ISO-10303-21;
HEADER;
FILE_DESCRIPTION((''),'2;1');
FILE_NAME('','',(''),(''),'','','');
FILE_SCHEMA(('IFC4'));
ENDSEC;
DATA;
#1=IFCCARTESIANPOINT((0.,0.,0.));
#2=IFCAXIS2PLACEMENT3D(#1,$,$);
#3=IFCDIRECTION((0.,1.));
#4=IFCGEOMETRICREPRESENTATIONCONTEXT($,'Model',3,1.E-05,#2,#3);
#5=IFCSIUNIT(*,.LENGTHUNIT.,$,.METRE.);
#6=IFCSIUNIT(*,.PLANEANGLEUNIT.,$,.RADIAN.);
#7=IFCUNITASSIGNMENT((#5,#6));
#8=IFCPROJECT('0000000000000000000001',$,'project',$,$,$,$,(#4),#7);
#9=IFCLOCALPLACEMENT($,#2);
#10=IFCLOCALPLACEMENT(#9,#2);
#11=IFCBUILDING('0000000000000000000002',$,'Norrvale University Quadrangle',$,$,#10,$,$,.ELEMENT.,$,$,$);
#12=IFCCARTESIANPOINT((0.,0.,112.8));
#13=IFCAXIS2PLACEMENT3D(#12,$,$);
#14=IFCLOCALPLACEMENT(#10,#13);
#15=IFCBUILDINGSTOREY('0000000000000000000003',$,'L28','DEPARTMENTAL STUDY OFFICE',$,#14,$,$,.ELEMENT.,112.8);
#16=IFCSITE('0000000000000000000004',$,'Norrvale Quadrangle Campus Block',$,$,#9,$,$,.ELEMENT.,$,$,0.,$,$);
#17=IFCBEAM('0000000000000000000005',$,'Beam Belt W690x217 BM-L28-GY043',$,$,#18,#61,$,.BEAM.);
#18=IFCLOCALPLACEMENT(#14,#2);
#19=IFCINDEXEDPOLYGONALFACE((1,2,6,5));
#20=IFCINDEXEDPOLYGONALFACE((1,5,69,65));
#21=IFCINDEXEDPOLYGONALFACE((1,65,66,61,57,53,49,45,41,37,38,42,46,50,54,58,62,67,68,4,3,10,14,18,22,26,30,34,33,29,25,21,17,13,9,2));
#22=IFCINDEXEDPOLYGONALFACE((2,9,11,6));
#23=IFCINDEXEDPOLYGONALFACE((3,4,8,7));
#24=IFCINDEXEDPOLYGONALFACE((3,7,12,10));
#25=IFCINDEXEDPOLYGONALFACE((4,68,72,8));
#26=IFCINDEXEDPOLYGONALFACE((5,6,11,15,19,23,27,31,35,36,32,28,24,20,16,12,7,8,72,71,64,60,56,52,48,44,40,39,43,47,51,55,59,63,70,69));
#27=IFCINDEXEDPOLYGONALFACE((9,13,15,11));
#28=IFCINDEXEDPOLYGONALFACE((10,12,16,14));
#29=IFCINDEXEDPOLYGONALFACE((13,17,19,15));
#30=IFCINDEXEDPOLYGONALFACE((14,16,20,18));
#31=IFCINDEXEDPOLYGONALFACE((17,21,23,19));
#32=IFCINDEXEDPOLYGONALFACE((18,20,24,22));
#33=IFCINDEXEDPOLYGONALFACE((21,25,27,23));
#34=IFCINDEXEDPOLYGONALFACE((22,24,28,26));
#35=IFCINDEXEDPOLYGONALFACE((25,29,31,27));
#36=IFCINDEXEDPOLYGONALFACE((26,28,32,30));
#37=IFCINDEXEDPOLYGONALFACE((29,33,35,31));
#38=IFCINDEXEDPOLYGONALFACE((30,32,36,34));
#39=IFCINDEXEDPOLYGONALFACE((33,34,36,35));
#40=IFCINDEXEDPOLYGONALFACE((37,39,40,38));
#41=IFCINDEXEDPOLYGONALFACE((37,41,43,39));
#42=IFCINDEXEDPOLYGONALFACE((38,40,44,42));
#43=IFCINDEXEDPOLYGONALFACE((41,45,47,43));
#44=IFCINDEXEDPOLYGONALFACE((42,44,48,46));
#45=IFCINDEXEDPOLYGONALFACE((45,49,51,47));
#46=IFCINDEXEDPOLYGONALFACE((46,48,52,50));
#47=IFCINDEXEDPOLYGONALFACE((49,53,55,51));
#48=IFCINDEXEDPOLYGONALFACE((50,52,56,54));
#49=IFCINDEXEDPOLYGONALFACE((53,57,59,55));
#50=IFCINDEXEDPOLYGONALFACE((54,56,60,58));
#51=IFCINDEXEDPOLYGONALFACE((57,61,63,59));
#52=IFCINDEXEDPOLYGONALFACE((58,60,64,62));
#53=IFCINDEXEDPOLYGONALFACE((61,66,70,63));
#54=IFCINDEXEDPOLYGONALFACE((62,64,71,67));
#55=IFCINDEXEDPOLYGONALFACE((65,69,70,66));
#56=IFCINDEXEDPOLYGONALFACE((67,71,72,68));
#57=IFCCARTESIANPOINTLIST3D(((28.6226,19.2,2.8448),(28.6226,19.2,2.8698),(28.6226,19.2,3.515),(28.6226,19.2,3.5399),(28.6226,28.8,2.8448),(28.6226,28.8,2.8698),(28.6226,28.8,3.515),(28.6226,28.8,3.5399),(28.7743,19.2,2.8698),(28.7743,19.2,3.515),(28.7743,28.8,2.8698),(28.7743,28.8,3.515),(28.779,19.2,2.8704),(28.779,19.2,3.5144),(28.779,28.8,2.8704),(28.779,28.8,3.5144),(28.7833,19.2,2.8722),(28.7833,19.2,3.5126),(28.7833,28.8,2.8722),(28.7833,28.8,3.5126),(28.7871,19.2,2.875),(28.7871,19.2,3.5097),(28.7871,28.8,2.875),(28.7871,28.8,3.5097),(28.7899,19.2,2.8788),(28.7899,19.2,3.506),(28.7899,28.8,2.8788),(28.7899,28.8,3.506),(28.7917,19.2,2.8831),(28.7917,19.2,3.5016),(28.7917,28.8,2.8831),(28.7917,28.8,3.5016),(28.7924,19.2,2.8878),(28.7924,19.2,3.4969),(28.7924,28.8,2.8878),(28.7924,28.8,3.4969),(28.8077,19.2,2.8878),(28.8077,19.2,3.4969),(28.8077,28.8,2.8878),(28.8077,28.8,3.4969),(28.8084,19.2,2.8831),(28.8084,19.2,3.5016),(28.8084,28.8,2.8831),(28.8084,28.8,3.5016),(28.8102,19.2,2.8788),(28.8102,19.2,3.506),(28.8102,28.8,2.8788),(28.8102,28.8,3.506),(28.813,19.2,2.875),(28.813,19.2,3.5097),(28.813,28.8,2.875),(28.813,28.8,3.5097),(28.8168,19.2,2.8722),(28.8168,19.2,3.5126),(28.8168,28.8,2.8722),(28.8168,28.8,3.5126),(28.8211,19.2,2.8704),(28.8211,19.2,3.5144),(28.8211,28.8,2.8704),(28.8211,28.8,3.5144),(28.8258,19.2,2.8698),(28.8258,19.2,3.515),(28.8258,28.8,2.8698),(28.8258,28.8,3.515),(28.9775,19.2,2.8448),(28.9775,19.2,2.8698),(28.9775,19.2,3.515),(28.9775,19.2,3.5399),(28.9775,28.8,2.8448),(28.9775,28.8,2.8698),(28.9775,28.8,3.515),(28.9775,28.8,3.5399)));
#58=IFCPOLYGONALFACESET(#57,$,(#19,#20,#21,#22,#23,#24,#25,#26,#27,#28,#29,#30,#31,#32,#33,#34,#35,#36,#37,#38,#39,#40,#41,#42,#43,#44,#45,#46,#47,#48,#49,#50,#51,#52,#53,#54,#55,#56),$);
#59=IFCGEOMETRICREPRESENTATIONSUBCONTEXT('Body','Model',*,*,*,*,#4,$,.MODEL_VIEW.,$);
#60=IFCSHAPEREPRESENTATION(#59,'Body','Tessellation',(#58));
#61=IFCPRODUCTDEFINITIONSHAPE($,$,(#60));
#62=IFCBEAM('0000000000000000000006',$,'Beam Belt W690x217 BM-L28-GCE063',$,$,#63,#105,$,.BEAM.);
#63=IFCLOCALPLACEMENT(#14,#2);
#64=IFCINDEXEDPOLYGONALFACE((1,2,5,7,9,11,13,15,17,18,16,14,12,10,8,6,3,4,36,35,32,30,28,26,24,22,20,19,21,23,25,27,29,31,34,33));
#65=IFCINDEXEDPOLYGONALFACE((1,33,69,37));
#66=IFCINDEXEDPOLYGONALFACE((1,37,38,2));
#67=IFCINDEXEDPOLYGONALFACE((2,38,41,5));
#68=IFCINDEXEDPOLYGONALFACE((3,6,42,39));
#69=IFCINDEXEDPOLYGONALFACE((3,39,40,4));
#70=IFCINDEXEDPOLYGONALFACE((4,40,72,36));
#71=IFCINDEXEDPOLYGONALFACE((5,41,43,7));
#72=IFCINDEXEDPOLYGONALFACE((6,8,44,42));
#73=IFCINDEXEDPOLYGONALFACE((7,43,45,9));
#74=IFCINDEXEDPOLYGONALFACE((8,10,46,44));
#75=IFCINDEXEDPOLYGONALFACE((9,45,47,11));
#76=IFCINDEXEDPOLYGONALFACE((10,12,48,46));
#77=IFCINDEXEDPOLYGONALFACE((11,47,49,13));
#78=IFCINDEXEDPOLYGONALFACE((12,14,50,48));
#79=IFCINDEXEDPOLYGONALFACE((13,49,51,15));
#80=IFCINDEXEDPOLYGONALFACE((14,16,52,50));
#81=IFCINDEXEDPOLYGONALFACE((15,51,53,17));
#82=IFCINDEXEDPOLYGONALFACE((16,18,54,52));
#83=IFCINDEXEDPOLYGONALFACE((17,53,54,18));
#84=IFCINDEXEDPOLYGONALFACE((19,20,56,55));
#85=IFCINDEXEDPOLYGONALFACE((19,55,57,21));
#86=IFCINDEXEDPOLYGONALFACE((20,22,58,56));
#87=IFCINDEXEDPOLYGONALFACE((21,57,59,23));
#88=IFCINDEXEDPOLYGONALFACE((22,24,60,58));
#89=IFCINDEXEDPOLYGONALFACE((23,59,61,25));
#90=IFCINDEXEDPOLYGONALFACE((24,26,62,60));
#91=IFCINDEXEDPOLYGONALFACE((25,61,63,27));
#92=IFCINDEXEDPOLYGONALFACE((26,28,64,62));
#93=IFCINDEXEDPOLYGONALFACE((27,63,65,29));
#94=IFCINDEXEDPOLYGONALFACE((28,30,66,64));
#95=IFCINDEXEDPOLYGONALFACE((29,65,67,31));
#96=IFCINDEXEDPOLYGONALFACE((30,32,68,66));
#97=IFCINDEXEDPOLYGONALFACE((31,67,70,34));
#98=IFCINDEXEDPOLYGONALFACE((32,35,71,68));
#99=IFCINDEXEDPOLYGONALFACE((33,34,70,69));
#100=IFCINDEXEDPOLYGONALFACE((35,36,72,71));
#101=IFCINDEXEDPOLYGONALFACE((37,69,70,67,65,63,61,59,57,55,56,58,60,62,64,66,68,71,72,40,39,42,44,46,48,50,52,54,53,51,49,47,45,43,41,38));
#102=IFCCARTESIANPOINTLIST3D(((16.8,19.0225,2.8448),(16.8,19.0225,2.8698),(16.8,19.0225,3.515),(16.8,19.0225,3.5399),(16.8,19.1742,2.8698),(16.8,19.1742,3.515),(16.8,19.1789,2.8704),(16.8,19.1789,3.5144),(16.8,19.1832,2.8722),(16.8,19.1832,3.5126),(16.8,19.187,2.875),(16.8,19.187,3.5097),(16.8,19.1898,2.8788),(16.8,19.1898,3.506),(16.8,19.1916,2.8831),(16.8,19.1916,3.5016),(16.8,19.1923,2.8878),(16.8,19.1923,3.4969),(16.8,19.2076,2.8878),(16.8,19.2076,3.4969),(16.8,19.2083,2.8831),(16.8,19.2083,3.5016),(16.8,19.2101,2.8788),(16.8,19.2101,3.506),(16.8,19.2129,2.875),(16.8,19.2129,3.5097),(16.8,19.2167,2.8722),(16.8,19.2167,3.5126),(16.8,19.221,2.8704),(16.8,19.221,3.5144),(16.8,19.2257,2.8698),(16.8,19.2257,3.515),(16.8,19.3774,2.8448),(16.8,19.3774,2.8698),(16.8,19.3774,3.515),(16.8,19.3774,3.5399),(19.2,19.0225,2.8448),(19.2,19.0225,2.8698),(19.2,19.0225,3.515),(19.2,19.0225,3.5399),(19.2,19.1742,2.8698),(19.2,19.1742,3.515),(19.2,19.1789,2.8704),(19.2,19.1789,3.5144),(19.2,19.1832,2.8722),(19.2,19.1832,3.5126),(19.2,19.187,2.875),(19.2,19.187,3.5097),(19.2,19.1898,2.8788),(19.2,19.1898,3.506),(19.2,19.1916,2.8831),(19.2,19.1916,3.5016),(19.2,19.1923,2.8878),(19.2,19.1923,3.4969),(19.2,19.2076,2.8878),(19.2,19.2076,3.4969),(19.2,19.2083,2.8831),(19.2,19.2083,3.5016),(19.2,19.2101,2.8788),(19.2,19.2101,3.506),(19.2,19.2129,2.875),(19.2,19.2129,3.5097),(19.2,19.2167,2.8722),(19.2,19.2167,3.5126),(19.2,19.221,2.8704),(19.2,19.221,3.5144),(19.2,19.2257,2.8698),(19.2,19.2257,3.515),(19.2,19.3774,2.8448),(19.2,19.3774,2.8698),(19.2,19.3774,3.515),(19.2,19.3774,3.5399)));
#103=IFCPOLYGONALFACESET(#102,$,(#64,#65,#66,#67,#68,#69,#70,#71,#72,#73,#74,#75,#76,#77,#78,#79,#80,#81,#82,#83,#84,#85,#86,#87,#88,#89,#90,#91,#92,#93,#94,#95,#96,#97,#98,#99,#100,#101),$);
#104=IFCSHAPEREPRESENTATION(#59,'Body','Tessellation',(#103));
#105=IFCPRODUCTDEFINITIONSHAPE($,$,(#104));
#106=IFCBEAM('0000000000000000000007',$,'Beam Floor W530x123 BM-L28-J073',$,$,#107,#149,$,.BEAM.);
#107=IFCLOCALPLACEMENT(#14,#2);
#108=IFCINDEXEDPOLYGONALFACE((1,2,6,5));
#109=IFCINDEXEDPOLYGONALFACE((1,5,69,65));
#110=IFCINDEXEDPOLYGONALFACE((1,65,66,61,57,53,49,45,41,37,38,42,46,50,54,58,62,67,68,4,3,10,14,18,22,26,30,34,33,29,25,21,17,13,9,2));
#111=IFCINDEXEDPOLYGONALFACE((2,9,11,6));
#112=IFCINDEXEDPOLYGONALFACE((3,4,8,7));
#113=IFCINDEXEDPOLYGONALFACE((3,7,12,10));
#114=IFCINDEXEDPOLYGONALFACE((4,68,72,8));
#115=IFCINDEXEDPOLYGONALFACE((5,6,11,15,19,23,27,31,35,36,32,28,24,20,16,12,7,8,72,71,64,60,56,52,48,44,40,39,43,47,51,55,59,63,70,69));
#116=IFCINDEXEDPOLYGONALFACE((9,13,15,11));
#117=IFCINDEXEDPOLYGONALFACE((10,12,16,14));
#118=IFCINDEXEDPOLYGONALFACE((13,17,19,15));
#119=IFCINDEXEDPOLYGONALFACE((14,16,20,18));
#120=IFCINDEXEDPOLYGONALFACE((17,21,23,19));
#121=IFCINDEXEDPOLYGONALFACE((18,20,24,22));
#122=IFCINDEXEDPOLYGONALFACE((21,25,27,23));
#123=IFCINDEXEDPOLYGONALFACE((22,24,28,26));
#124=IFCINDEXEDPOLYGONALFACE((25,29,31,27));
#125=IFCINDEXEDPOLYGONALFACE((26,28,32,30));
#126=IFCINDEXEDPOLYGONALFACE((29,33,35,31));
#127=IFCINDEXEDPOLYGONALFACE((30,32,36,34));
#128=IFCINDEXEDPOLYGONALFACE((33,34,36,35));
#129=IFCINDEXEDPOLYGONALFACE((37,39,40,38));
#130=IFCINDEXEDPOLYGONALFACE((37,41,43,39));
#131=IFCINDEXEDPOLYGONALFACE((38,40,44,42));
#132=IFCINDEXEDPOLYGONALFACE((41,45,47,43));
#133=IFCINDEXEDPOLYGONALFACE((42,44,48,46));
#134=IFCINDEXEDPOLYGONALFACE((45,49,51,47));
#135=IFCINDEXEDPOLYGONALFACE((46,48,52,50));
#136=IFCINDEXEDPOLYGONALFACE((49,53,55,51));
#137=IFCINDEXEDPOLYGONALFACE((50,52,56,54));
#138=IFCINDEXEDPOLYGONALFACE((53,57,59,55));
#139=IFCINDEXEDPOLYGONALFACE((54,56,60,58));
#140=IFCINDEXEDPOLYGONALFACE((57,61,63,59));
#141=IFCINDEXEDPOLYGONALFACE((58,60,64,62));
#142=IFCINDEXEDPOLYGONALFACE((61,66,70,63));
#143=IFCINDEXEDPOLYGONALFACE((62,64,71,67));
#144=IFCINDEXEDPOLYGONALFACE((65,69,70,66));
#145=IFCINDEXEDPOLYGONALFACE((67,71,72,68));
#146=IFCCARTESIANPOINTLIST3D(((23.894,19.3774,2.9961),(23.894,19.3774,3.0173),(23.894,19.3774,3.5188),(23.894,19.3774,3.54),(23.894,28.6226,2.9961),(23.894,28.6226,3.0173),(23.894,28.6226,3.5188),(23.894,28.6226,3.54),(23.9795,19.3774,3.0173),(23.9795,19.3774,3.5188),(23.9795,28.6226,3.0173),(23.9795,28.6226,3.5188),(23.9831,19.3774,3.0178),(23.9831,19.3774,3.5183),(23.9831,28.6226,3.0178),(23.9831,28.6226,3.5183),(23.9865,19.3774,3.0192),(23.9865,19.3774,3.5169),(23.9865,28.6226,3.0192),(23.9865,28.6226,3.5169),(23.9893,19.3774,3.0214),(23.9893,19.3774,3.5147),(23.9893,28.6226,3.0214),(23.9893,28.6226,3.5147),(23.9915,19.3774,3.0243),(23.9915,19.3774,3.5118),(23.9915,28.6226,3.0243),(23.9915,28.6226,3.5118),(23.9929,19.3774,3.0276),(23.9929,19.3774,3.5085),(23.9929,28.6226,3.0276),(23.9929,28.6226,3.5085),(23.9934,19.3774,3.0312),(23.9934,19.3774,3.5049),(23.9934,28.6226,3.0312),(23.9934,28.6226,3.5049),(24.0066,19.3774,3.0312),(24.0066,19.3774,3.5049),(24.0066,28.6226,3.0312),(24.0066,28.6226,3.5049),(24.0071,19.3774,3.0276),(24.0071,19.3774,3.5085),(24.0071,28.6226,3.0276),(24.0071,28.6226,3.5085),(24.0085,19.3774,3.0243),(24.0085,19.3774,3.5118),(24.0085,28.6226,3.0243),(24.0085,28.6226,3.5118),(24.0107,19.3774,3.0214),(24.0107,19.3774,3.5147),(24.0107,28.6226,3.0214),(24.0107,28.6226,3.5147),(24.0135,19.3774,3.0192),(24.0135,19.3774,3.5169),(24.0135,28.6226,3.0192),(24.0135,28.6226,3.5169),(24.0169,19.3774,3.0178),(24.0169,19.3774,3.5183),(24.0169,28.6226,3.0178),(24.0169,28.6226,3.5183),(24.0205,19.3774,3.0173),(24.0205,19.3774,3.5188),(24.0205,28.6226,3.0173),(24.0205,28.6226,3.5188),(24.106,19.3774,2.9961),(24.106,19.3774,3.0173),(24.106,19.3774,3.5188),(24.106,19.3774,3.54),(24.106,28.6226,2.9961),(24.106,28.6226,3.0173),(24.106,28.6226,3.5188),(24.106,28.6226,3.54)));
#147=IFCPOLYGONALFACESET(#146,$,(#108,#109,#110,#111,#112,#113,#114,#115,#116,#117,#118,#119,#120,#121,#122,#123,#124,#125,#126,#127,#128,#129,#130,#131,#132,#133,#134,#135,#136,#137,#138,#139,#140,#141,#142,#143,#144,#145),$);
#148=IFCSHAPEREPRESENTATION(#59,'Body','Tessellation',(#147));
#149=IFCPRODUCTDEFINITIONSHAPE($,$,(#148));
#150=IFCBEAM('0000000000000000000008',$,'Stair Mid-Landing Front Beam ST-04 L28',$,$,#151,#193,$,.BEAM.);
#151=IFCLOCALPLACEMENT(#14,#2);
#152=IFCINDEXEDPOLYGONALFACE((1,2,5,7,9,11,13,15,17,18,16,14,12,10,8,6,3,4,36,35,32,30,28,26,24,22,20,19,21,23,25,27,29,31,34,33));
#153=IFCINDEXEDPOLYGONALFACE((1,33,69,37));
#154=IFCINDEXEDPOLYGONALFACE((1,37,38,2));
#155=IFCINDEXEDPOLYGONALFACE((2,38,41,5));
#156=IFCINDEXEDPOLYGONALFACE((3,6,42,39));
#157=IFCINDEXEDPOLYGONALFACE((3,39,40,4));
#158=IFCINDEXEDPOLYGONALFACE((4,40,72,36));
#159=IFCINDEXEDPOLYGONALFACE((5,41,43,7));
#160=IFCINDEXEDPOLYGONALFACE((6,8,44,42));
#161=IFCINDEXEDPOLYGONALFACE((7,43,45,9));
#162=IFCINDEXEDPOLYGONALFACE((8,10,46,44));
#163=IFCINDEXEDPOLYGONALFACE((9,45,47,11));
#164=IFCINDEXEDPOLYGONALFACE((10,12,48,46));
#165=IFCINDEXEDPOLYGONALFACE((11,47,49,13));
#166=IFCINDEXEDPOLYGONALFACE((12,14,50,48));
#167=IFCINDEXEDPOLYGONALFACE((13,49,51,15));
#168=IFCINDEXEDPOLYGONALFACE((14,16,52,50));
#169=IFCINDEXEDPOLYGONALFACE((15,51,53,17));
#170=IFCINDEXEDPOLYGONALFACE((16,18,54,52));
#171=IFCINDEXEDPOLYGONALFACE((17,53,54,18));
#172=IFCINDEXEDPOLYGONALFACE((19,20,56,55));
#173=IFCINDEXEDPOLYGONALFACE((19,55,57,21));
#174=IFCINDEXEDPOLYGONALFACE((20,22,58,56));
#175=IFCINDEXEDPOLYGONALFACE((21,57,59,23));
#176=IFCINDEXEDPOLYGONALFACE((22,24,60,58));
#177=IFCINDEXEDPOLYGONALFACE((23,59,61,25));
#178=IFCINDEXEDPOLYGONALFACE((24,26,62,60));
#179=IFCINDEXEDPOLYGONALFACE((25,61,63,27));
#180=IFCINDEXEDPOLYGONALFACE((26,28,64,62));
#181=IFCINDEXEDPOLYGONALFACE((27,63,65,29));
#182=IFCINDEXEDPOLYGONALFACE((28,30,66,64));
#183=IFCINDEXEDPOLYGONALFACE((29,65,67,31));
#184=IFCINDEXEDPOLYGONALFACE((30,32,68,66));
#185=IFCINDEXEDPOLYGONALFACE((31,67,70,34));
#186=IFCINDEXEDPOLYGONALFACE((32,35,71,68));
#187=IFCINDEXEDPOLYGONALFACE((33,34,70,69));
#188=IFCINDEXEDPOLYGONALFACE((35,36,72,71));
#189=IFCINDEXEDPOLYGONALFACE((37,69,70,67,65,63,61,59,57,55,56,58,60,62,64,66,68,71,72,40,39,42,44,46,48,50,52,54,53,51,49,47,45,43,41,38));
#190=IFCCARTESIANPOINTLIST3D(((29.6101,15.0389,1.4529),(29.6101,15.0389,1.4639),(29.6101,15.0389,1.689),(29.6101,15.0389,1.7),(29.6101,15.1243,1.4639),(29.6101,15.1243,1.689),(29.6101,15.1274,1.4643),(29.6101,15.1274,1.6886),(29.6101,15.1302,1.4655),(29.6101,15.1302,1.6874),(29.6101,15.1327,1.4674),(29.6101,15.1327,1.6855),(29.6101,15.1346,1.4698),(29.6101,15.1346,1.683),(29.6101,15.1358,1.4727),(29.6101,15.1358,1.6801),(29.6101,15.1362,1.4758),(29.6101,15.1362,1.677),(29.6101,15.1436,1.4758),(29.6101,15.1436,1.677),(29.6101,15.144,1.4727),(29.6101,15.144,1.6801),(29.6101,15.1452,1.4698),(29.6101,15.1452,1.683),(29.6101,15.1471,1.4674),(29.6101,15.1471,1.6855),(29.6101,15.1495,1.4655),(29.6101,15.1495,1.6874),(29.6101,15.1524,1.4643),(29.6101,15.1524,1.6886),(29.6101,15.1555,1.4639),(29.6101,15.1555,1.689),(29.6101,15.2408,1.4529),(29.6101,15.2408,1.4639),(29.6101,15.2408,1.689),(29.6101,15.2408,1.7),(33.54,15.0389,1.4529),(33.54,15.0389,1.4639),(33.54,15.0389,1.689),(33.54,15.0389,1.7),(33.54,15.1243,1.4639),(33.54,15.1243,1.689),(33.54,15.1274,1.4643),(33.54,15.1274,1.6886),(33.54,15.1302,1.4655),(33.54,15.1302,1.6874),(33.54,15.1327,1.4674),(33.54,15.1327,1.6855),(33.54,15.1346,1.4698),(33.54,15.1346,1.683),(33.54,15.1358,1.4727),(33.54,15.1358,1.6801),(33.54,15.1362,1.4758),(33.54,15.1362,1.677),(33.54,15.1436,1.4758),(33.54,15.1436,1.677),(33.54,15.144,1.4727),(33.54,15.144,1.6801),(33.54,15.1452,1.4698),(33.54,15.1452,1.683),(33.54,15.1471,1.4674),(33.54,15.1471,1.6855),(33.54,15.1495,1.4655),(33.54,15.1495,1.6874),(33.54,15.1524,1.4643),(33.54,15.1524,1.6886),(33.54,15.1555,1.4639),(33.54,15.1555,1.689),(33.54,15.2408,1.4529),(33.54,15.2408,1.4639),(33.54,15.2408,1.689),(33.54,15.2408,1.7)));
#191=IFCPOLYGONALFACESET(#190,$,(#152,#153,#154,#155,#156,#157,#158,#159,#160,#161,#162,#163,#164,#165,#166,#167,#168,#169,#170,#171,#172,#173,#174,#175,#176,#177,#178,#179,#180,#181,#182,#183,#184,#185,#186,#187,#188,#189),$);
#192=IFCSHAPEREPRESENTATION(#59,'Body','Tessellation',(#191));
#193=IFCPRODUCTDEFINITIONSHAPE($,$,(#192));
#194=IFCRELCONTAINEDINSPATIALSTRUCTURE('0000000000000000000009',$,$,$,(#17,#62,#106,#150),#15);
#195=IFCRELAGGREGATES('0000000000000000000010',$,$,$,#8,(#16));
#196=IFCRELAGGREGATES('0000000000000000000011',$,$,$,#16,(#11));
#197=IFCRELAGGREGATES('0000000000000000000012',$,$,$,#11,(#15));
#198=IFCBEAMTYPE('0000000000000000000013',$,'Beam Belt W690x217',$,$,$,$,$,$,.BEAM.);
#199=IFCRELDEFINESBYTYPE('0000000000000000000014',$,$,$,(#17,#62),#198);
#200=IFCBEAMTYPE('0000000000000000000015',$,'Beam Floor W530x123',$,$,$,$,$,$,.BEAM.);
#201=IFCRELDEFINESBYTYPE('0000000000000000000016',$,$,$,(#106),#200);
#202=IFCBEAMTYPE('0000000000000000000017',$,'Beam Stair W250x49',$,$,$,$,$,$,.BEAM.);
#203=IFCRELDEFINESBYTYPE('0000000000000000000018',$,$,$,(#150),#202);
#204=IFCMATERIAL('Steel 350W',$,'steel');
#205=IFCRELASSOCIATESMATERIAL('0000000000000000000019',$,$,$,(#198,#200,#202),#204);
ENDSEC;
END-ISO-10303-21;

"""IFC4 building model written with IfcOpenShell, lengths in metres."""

from ifc_helpers import new_model, si_unit, direction, frame, origin, origin_2d, place, context, subcontext, project, spatial, i_section, extrude, material, material_profile, profile_set, type_object, element, save


model = new_model("IFC4")

# Units and contexts
model_context = context("Model", 3, precision=1e-05, world=origin(), true_north=direction((0.0, 1.0)))
body_context = subcontext(model_context, "Body", "Model", "MODEL_VIEW")
ifc_project = project(units=[si_unit("LENGTHUNIT", "METRE"), si_unit("PLANEANGLEUNIT", "RADIAN")], contexts=[model_context])

# Site, building, storey
site_placement = place(None, origin())
site = spatial("IfcSite", under=ifc_project, at=site_placement, Name="Norrvale Quadrangle Campus Block", CompositionType="ELEMENT", RefElevation=0.0)
building_placement = place(site_placement, origin())
building = spatial("IfcBuilding", under=site, at=building_placement, Name="Norrvale University Quadrangle", CompositionType="ELEMENT")
storey_placement = place(building_placement, frame((0.0, 0.0, 112.8)))
storey = spatial("IfcBuildingStorey", under=building, at=storey_placement, Name="L28", Description="DEPARTMENTAL STUDY OFFICE", CompositionType="ELEMENT", Elevation=112.8)

# Beams
ifc_material_1 = material(Name="Steel 350W", Category="steel")
ifc_material_profile_1 = material_profile(ifc_material_1, i_section(OverallWidth=0.355, OverallDepth=0.6951, WebThickness=0.0154, FlangeThickness=0.0249, FilletRadius=0.0181, at=origin_2d()), Name="Steel 350W")
ifc_profile_set_1 = profile_set([ifc_material_profile_1], Name="Steel 350W")
beam_type_1 = type_object("IfcBeamType", Name="Beam Belt W690x217", PredefinedType="BEAM", material=ifc_profile_set_1)
for number, where, z_axis, x_axis, name in (
    (1, (28.8, 19.2, 3.1924), (0.0, 1.0, 0.0), (-1.0, 0.0, 0.0), "Beam Belt W690x217 BM-L28-GY043"),
):
    element("IfcBeam", number, at=place(storey_placement, frame(where, z_axis=z_axis, x_axis=x_axis)), inside=storey, type_object=beam_type_1, Name=name, PredefinedType="BEAM", context=body_context, shape_type="SweptSolid", body=[
        extrude(i_section(OverallWidth=0.355, OverallDepth=0.6951, WebThickness=0.0154, FlangeThickness=0.0249, FilletRadius=0.0181, at=origin_2d()), origin(), (0.0, 0.0, 1.0), 9.6001),
    ])
beam_1_placement = place(storey_placement, frame((16.8, 19.2, 3.1924), z_axis=(1.0, 0.0, 0.0), x_axis=(0.0, 1.0, 0.0)))
element("IfcBeam", 2, at=beam_1_placement, inside=storey, type_object=beam_type_1, Name="Beam Belt W690x217 BM-L28-GCE063", PredefinedType="BEAM", context=body_context, shape_type="SweptSolid", body=[
    extrude(i_section(OverallWidth=0.355, OverallDepth=0.6951, WebThickness=0.0154, FlangeThickness=0.0249, FilletRadius=0.0181, at=origin_2d()), origin(), (0.0, 0.0, 1.0), 2.3999),
])
ifc_material_profile_2 = material_profile(ifc_material_1, i_section(OverallWidth=0.2119, OverallDepth=0.5439, WebThickness=0.0132, FlangeThickness=0.0212, FilletRadius=0.0139, at=origin_2d()), Name="Steel 350W")
ifc_profile_set_2 = profile_set([ifc_material_profile_2], Name="Steel 350W")
beam_type_2 = type_object("IfcBeamType", Name="Beam Floor W530x123", PredefinedType="BEAM", material=ifc_profile_set_2)
beam_2_placement = place(storey_placement, frame((24.0, 19.3774, 3.2681), z_axis=(0.0, 1.0, 0.0), x_axis=(-1.0, 0.0, 0.0)))
element("IfcBeam", 3, at=beam_2_placement, inside=storey, type_object=beam_type_2, Name="Beam Floor W530x123 BM-L28-J073", PredefinedType="BEAM", context=body_context, shape_type="SweptSolid", body=[
    extrude(i_section(OverallWidth=0.2119, OverallDepth=0.5439, WebThickness=0.0132, FlangeThickness=0.0212, FilletRadius=0.0139, at=origin_2d()), origin(), (0.0, 0.0, 1.0), 9.2451),
])
ifc_material_profile_3 = material_profile(ifc_material_1, i_section(OverallWidth=0.2019, OverallDepth=0.2471, WebThickness=0.0073, FlangeThickness=0.011, FilletRadius=0.012, at=origin_2d()), Name="Steel 350W")
ifc_profile_set_3 = profile_set([ifc_material_profile_3], Name="Steel 350W")
beam_type_3 = type_object("IfcBeamType", Name="Beam Stair W250x49", PredefinedType="BEAM", material=ifc_profile_set_3)
for number, where, z_axis, x_axis, name in (
    (4, (29.6101, 15.1399, 1.5764), (1.0, 0.0, 0.0), (0.0, 1.0, 0.0), "Stair Mid-Landing Front Beam ST-04 L28"),
):
    element("IfcBeam", number, at=place(storey_placement, frame(where, z_axis=z_axis, x_axis=x_axis)), inside=storey, type_object=beam_type_3, Name=name, PredefinedType="BEAM", context=body_context, shape_type="SweptSolid", body=[
        extrude(i_section(OverallWidth=0.2019, OverallDepth=0.2471, WebThickness=0.0073, FlangeThickness=0.011, FilletRadius=0.012, at=origin_2d()), origin(), (0.0, 0.0, 1.0), 3.9299),
    ])

save(model, "model.ifc")
